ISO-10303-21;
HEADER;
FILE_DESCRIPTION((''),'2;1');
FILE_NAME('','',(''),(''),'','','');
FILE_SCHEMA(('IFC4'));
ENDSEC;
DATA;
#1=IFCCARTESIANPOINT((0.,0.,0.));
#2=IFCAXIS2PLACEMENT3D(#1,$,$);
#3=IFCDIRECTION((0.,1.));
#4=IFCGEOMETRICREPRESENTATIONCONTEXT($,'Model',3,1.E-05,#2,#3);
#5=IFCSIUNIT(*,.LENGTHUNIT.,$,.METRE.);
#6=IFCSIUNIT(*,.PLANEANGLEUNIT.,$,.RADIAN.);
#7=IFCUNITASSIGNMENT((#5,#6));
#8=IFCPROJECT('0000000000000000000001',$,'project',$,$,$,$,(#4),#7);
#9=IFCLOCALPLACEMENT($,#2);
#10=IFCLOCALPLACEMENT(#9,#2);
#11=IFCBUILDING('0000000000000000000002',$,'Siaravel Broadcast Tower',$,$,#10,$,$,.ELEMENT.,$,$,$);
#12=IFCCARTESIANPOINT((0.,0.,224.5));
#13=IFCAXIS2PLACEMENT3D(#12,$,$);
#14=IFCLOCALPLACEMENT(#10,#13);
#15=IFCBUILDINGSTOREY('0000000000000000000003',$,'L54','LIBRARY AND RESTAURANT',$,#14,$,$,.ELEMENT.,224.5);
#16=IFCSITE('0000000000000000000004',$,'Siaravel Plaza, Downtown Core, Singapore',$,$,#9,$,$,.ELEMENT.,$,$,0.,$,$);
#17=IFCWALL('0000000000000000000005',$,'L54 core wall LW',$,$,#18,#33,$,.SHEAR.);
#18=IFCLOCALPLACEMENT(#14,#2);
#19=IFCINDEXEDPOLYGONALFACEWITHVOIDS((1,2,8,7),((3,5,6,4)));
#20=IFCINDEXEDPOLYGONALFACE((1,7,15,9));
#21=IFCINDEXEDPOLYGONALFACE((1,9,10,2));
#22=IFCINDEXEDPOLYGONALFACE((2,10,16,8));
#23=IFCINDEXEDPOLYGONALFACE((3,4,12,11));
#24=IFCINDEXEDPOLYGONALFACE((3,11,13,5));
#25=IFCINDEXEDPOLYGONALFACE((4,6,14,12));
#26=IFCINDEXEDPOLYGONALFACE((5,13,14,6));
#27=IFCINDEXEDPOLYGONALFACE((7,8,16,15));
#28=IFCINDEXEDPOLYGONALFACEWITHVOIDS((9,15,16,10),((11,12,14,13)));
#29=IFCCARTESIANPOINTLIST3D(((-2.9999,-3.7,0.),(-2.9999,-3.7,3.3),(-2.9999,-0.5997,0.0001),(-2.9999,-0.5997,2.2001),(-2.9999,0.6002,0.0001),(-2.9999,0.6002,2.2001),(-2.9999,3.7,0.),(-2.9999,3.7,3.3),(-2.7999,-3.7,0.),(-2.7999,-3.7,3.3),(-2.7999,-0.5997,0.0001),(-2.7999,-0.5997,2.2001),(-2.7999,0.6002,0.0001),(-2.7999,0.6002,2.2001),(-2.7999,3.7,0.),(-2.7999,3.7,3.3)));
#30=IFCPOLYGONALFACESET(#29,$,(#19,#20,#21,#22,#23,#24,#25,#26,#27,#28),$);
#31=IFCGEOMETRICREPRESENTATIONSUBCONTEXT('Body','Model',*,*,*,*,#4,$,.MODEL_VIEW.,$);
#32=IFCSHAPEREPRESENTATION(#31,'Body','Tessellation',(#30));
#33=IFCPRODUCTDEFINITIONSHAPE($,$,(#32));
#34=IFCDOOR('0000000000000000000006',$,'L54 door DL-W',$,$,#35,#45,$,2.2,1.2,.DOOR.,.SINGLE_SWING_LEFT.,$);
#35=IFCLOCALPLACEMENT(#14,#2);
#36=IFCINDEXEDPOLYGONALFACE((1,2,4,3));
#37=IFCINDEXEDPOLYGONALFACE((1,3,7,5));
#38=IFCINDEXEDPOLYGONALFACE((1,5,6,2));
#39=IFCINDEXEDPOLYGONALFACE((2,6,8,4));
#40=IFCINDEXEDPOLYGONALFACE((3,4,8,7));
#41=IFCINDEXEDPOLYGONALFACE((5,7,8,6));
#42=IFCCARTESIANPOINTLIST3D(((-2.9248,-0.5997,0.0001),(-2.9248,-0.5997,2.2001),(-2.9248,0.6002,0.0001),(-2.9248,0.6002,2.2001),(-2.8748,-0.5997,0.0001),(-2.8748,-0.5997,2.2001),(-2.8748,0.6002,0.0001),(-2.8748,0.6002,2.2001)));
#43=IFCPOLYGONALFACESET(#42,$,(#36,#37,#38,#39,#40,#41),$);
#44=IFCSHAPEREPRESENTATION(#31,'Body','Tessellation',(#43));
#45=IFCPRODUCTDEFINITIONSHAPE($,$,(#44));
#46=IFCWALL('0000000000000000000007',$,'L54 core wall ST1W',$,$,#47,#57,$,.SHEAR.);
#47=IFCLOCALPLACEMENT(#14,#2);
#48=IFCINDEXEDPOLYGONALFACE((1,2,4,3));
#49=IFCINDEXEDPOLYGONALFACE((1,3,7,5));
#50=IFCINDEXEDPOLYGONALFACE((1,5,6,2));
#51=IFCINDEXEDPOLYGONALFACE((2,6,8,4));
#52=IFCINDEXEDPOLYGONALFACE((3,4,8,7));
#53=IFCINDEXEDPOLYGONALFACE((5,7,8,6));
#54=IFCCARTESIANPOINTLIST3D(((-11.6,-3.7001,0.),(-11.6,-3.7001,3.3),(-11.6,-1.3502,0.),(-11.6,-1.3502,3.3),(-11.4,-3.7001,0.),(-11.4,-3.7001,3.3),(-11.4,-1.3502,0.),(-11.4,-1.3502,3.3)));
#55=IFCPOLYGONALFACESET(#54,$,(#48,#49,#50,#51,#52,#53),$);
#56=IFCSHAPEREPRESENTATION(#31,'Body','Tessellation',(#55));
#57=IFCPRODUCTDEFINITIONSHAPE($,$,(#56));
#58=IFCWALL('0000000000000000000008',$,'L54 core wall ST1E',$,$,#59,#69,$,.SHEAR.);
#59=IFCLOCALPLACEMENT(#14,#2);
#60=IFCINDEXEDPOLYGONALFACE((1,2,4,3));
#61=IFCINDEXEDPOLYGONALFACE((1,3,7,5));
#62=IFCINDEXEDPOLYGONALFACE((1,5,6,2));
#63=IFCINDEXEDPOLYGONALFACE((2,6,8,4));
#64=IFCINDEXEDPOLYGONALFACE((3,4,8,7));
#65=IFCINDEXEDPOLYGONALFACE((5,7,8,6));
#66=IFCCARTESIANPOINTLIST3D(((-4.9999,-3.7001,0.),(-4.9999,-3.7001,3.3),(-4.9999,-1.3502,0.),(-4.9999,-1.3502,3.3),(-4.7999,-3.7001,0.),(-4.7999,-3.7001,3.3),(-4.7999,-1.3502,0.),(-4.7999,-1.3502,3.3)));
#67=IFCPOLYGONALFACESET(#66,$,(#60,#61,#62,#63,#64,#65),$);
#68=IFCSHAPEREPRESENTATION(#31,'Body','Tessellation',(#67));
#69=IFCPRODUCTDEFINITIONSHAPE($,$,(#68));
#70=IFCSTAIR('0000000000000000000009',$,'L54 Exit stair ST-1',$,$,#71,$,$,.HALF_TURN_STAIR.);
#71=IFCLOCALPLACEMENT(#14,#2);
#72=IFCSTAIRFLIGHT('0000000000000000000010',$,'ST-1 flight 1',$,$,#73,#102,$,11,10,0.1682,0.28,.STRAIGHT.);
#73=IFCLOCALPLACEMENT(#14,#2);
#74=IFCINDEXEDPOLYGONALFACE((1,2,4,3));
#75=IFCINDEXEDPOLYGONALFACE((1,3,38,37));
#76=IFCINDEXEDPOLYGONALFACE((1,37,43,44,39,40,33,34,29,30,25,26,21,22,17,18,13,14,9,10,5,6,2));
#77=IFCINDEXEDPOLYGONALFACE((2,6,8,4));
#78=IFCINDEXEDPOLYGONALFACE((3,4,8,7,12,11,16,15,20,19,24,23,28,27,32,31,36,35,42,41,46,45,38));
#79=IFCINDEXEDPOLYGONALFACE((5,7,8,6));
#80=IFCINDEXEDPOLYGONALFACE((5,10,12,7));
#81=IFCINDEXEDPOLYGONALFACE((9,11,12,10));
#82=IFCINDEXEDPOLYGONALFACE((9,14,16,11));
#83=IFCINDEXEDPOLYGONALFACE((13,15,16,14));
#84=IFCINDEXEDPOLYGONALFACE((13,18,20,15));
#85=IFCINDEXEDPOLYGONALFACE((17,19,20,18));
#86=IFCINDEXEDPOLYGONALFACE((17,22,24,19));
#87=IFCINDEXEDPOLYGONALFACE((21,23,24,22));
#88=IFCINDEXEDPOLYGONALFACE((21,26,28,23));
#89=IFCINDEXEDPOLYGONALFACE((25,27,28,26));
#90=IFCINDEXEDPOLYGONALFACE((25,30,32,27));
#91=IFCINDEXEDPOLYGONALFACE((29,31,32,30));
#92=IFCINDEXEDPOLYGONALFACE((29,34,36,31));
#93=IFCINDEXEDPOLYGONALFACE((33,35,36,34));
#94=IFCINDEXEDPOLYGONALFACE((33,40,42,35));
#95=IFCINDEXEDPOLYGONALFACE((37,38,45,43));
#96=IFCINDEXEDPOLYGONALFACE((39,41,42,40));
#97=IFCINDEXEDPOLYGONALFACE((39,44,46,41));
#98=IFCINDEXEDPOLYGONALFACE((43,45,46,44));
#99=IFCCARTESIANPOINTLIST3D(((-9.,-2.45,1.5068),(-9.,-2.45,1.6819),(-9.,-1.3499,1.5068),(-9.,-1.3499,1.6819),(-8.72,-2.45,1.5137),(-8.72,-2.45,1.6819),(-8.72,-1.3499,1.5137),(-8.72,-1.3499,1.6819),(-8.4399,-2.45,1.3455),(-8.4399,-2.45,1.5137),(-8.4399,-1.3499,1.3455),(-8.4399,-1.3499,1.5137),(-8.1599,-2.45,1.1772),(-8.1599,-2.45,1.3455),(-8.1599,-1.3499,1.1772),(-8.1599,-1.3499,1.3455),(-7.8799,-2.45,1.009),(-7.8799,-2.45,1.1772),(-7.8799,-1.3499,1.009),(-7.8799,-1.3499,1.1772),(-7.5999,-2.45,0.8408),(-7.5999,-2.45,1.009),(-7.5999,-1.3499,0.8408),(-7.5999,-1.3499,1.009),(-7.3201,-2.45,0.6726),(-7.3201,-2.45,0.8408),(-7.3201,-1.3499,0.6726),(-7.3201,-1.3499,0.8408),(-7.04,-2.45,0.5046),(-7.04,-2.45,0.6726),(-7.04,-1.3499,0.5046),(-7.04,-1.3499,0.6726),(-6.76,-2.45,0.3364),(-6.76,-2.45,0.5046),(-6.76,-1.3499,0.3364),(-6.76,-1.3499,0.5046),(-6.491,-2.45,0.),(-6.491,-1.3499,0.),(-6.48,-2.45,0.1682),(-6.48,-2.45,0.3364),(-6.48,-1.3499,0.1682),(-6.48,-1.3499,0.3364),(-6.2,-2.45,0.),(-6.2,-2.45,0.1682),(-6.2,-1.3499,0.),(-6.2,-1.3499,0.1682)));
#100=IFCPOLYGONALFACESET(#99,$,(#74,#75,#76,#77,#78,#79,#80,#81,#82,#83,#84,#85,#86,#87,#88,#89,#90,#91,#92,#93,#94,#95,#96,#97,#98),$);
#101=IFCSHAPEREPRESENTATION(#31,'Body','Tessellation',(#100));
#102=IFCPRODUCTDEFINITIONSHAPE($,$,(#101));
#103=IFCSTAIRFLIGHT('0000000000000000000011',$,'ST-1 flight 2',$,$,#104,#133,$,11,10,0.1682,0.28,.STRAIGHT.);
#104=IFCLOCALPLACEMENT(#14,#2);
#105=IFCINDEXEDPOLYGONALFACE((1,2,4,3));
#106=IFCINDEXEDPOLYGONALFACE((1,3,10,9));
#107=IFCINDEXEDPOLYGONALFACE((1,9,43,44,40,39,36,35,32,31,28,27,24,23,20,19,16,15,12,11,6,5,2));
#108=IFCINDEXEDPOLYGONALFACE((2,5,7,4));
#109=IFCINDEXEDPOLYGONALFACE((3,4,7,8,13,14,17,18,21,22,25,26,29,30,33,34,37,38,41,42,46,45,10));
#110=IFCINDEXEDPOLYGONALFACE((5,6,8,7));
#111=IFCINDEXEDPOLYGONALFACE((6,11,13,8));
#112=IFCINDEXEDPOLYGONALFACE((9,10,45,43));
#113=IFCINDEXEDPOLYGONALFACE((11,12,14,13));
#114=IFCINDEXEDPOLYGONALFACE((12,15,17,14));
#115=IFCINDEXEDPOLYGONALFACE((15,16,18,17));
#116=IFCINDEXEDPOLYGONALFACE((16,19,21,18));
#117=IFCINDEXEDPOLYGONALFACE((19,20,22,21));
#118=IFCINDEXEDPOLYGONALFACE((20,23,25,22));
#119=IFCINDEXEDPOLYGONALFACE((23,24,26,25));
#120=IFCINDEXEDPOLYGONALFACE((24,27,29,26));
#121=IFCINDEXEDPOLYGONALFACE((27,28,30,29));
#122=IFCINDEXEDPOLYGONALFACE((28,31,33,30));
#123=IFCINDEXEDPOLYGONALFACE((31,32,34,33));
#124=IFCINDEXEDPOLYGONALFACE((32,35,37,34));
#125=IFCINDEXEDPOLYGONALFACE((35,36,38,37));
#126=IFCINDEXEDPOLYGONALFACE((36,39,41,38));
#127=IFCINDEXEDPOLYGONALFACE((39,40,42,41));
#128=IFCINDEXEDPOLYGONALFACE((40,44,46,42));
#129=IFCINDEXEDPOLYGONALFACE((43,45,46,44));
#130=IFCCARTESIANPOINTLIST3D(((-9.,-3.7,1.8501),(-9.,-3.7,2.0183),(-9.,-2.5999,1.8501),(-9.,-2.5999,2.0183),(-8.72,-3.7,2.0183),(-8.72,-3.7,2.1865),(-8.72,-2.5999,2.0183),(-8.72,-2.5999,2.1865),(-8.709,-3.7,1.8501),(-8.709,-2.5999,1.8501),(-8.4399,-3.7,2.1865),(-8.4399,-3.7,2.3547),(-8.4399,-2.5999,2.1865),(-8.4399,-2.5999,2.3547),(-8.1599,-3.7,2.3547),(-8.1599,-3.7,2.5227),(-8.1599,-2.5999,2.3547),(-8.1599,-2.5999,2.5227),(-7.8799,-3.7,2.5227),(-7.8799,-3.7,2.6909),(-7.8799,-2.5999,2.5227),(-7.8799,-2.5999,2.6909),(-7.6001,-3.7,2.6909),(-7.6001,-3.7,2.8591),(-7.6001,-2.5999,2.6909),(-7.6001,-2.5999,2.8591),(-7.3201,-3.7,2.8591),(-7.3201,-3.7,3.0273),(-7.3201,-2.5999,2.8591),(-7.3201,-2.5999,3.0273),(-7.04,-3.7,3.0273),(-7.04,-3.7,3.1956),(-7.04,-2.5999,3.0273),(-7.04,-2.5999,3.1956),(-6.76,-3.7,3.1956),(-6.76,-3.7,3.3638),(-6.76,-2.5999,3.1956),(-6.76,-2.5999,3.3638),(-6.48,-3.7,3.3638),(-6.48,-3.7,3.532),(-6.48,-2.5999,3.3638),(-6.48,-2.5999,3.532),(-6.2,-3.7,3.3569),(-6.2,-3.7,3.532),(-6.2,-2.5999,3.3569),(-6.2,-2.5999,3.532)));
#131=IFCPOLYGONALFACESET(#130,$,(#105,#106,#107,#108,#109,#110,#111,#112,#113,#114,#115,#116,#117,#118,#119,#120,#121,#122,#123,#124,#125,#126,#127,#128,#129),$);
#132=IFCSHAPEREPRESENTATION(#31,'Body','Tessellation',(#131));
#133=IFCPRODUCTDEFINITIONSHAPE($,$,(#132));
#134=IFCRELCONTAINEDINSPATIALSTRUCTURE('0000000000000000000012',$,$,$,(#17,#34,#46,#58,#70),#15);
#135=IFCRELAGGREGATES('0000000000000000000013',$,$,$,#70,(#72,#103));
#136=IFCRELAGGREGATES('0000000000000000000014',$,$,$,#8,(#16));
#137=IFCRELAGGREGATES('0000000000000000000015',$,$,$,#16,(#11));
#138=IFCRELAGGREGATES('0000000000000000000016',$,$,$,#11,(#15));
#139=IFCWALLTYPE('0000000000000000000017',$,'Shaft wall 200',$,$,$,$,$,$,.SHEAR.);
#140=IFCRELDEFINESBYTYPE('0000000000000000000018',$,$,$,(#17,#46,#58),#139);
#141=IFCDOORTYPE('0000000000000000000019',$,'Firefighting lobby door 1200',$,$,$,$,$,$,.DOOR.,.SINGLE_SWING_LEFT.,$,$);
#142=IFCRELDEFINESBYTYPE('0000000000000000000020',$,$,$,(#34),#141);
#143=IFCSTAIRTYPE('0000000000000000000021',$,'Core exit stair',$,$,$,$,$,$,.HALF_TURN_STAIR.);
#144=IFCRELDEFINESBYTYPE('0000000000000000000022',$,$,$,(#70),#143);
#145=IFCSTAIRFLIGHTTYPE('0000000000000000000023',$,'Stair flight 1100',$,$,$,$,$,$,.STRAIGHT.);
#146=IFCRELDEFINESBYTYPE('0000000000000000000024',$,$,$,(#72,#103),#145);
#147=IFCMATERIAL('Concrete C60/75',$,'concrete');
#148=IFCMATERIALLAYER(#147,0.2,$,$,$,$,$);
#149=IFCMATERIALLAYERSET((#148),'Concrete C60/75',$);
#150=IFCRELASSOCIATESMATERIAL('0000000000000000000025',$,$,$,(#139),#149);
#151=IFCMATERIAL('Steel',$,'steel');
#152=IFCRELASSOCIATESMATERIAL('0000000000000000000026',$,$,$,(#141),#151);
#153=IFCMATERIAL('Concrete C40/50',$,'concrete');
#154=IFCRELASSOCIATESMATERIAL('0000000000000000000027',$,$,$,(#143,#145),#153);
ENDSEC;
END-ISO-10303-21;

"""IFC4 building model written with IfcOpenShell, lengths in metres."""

from ifc_helpers import new_model, si_unit, direction, frame, frame_2d, origin, place, context, subcontext, project, spatial, polyline, rectangle, outline, extrude, material, layer, layer_set, type_object, element, fill, aggregate, save


model = new_model("IFC4")

# Units and contexts
model_context = context("Model", 3, precision=1e-05, world=origin(), true_north=direction((0.0, 1.0)))
body_context = subcontext(model_context, "Body", "Model", "MODEL_VIEW")
ifc_project = project(units=[si_unit("LENGTHUNIT", "METRE"), si_unit("PLANEANGLEUNIT", "RADIAN")], contexts=[model_context])

# Site, building, storey
site_placement = place(None, origin())
site = spatial("IfcSite", under=ifc_project, at=site_placement, Name="Siaravel Plaza, Downtown Core, Singapore", CompositionType="ELEMENT", RefElevation=0.0)
building_placement = place(site_placement, origin())
building = spatial("IfcBuilding", under=site, at=building_placement, Name="Siaravel Broadcast Tower", CompositionType="ELEMENT")
storey_placement = place(building_placement, frame((0.0, 0.0, 224.5)))
storey = spatial("IfcBuildingStorey", under=building, at=storey_placement, Name="L54", Description="LIBRARY AND RESTAURANT", CompositionType="ELEMENT", Elevation=224.5)

# Shared definitions
ifc_material_1 = material(Name="Concrete C60/75", Category="concrete")
ifc_material_2 = material(Name="Steel", Category="steel")

# Shared definitions
ifc_layer_1 = layer(ifc_material_1, 0.2)
ifc_layer_set_1 = layer_set([ifc_layer_1], Name="Concrete C60/75")
wall_type_1 = type_object("IfcWallType", Name="Shaft wall 200", PredefinedType="SHEAR", material=ifc_layer_set_1)

# Wall, opening, door
wall_1_placement = place(storey_placement, frame((-2.8999, -3.7, 0.0), z_axis=(0.0, 0.0, 1.0), x_axis=(0.0, 1.0, 0.0)))
wall_1 = element("IfcWall", 1, at=wall_1_placement, inside=storey, type_object=wall_type_1, Name="L54 core wall LW", PredefinedType="SHEAR", context=body_context, shape_type="SweptSolid", body=[
    extrude(rectangle(XDim=7.3999, YDim=0.2, at=frame_2d((3.7, 0.0))), origin(), (0.0, 0.0, 1.0), 3.3),
])
opening_1_placement = place(wall_1_placement, frame((3.1001, 0.0, 0.0)))
opening_1 = element("IfcOpeningElement", 2, at=opening_1_placement, cuts=wall_1, PredefinedType="OPENING", context=body_context, shape_type="SweptSolid", body=[
    extrude(rectangle(XDim=1.2, YDim=2.2, at=frame_2d((0.6001, 1.1001))), frame((0.0, 0.1099, 0.0), z_axis=(0.0, -1.0, 0.0), x_axis=(1.0, 0.0, 0.0)), (0.0, 0.0, 1.0), 0.22),
])
door_type_1 = type_object("IfcDoorType", Name="Firefighting lobby door 1200", OperationType="SINGLE_SWING_LEFT", PredefinedType="DOOR", material=ifc_material_2)
door_1_placement = place(opening_1_placement, origin())
door_1 = element("IfcDoor", 3, at=door_1_placement, inside=storey, type_object=door_type_1, Name="L54 door DL-W", OperationType="SINGLE_SWING_LEFT", OverallHeight=2.2, OverallWidth=1.2, PredefinedType="DOOR", context=body_context, shape_type="SweptSolid", body=[
    extrude(rectangle(XDim=1.2, YDim=2.2, at=frame_2d((0.6001, 1.1001))), frame((0.0, 0.0249, 0.0), z_axis=(0.0, -1.0, 0.0), x_axis=(1.0, 0.0, 0.0)), (0.0, 0.0, 1.0), 0.05),
])
fill(opening_1, door_1)

# Walls
for number, where, z_axis, x_axis, name in (
    (4, (-11.5, -3.7, 0.0), (0.0, 0.0, 1.0), (0.0, 1.0, 0.0), "L54 core wall ST1W"),
    (5, (-4.8999, -3.7, 0.0), (0.0, 0.0, 1.0), (0.0, 1.0, 0.0), "L54 core wall ST1E"),
):
    element("IfcWall", number, at=place(storey_placement, frame(where, z_axis=z_axis, x_axis=x_axis)), inside=storey, type_object=wall_type_1, Name=name, PredefinedType="SHEAR", context=body_context, shape_type="SweptSolid", body=[
        extrude(rectangle(XDim=2.3499, YDim=0.2, at=frame_2d((1.1748, 0.0))), origin(), (0.0, 0.0, 1.0), 3.3),
    ])

# Stair, stair flights
ifc_material_3 = material(Name="Concrete C40/50", Category="concrete")
stair_type = type_object("IfcStairType", Name="Core exit stair", PredefinedType="HALF_TURN_STAIR", material=ifc_material_3)
stair_placement = place(storey_placement, origin())
stair = element("IfcStair", 6, at=stair_placement, inside=storey, type_object=stair_type, Name="L54 Exit stair ST-1", PredefinedType="HALF_TURN_STAIR")
stair_flight_type = type_object("IfcStairFlightType", Name="Stair flight 1100", PredefinedType="STRAIGHT", material=ifc_material_3)
stair_flight_1_placement = place(storey_placement, frame((-6.2, -1.8999, 0.0), z_axis=(0.0, 0.0, 1.0), x_axis=(-1.0, 0.0, 0.0)))
stair_flight_1 = element("IfcStairFlight", 7, at=stair_flight_1_placement, type_object=stair_flight_type, Name="ST-1 flight 1", NumberOfRisers=11, NumberOfTreads=10, PredefinedType="STRAIGHT", RiserHeight=0.1682, TreadLength=0.28, context=body_context, shape_type="SweptSolid", body=[
    extrude(outline(polyline([(0.0, 0.0), (0.0, 0.1682), (0.28, 0.1682), (0.28, 0.3364), (0.5601, 0.3364), (0.5601, 0.5046), (0.8401, 0.5046), (0.8401, 0.6726), (1.1201, 0.6726), (1.1201, 0.8408), (1.3999, 0.8408), (1.3999, 1.009), (1.6799, 1.009), (1.6799, 1.1772), (1.96, 1.1772), (1.96, 1.3455), (2.24, 1.3455), (2.24, 1.5137), (2.52, 1.5137), (2.52, 1.6819), (2.8, 1.6819), (2.8, 1.8501), (2.8, 1.5068), (0.291, 0.0), (0.0, 0.0)])), frame((0.0, 0.55, 0.0), z_axis=(0.0, -1.0, 0.0), x_axis=(1.0, 0.0, 0.0)), (0.0, 0.0, 1.0), 1.1001),
])
stair_flight_2_placement = place(storey_placement, frame((-9.0, -3.1499, 1.8501), z_axis=(0.0, 0.0, 1.0), x_axis=(1.0, 0.0, 0.0)))
stair_flight_2 = element("IfcStairFlight", 8, at=stair_flight_2_placement, type_object=stair_flight_type, Name="ST-1 flight 2", NumberOfRisers=11, NumberOfTreads=10, PredefinedType="STRAIGHT", RiserHeight=0.1682, TreadLength=0.28, context=body_context, shape_type="SweptSolid", body=[
    extrude(outline(polyline([(0.0, 0.0), (0.0, 0.1682), (0.28, 0.1682), (0.28, 0.3364), (0.5601, 0.3364), (0.5601, 0.5046), (0.8401, 0.5046), (0.8401, 0.6726), (1.1201, 0.6726), (1.1201, 0.8408), (1.3999, 0.8408), (1.3999, 1.009), (1.6799, 1.009), (1.6799, 1.1772), (1.96, 1.1772), (1.96, 1.3455), (2.24, 1.3455), (2.24, 1.5137), (2.52, 1.5137), (2.52, 1.6819), (2.8, 1.6819), (2.8, 1.8501), (2.8, 1.5068), (0.291, 0.0), (0.0, 0.0)])), frame((0.0, 0.55, 0.0), z_axis=(0.0, -1.0, 0.0), x_axis=(1.0, 0.0, 0.0)), (0.0, 0.0, 1.0), 1.1001),
])
aggregate(stair, [stair_flight_1, stair_flight_2])

save(model, "model.ifc")
